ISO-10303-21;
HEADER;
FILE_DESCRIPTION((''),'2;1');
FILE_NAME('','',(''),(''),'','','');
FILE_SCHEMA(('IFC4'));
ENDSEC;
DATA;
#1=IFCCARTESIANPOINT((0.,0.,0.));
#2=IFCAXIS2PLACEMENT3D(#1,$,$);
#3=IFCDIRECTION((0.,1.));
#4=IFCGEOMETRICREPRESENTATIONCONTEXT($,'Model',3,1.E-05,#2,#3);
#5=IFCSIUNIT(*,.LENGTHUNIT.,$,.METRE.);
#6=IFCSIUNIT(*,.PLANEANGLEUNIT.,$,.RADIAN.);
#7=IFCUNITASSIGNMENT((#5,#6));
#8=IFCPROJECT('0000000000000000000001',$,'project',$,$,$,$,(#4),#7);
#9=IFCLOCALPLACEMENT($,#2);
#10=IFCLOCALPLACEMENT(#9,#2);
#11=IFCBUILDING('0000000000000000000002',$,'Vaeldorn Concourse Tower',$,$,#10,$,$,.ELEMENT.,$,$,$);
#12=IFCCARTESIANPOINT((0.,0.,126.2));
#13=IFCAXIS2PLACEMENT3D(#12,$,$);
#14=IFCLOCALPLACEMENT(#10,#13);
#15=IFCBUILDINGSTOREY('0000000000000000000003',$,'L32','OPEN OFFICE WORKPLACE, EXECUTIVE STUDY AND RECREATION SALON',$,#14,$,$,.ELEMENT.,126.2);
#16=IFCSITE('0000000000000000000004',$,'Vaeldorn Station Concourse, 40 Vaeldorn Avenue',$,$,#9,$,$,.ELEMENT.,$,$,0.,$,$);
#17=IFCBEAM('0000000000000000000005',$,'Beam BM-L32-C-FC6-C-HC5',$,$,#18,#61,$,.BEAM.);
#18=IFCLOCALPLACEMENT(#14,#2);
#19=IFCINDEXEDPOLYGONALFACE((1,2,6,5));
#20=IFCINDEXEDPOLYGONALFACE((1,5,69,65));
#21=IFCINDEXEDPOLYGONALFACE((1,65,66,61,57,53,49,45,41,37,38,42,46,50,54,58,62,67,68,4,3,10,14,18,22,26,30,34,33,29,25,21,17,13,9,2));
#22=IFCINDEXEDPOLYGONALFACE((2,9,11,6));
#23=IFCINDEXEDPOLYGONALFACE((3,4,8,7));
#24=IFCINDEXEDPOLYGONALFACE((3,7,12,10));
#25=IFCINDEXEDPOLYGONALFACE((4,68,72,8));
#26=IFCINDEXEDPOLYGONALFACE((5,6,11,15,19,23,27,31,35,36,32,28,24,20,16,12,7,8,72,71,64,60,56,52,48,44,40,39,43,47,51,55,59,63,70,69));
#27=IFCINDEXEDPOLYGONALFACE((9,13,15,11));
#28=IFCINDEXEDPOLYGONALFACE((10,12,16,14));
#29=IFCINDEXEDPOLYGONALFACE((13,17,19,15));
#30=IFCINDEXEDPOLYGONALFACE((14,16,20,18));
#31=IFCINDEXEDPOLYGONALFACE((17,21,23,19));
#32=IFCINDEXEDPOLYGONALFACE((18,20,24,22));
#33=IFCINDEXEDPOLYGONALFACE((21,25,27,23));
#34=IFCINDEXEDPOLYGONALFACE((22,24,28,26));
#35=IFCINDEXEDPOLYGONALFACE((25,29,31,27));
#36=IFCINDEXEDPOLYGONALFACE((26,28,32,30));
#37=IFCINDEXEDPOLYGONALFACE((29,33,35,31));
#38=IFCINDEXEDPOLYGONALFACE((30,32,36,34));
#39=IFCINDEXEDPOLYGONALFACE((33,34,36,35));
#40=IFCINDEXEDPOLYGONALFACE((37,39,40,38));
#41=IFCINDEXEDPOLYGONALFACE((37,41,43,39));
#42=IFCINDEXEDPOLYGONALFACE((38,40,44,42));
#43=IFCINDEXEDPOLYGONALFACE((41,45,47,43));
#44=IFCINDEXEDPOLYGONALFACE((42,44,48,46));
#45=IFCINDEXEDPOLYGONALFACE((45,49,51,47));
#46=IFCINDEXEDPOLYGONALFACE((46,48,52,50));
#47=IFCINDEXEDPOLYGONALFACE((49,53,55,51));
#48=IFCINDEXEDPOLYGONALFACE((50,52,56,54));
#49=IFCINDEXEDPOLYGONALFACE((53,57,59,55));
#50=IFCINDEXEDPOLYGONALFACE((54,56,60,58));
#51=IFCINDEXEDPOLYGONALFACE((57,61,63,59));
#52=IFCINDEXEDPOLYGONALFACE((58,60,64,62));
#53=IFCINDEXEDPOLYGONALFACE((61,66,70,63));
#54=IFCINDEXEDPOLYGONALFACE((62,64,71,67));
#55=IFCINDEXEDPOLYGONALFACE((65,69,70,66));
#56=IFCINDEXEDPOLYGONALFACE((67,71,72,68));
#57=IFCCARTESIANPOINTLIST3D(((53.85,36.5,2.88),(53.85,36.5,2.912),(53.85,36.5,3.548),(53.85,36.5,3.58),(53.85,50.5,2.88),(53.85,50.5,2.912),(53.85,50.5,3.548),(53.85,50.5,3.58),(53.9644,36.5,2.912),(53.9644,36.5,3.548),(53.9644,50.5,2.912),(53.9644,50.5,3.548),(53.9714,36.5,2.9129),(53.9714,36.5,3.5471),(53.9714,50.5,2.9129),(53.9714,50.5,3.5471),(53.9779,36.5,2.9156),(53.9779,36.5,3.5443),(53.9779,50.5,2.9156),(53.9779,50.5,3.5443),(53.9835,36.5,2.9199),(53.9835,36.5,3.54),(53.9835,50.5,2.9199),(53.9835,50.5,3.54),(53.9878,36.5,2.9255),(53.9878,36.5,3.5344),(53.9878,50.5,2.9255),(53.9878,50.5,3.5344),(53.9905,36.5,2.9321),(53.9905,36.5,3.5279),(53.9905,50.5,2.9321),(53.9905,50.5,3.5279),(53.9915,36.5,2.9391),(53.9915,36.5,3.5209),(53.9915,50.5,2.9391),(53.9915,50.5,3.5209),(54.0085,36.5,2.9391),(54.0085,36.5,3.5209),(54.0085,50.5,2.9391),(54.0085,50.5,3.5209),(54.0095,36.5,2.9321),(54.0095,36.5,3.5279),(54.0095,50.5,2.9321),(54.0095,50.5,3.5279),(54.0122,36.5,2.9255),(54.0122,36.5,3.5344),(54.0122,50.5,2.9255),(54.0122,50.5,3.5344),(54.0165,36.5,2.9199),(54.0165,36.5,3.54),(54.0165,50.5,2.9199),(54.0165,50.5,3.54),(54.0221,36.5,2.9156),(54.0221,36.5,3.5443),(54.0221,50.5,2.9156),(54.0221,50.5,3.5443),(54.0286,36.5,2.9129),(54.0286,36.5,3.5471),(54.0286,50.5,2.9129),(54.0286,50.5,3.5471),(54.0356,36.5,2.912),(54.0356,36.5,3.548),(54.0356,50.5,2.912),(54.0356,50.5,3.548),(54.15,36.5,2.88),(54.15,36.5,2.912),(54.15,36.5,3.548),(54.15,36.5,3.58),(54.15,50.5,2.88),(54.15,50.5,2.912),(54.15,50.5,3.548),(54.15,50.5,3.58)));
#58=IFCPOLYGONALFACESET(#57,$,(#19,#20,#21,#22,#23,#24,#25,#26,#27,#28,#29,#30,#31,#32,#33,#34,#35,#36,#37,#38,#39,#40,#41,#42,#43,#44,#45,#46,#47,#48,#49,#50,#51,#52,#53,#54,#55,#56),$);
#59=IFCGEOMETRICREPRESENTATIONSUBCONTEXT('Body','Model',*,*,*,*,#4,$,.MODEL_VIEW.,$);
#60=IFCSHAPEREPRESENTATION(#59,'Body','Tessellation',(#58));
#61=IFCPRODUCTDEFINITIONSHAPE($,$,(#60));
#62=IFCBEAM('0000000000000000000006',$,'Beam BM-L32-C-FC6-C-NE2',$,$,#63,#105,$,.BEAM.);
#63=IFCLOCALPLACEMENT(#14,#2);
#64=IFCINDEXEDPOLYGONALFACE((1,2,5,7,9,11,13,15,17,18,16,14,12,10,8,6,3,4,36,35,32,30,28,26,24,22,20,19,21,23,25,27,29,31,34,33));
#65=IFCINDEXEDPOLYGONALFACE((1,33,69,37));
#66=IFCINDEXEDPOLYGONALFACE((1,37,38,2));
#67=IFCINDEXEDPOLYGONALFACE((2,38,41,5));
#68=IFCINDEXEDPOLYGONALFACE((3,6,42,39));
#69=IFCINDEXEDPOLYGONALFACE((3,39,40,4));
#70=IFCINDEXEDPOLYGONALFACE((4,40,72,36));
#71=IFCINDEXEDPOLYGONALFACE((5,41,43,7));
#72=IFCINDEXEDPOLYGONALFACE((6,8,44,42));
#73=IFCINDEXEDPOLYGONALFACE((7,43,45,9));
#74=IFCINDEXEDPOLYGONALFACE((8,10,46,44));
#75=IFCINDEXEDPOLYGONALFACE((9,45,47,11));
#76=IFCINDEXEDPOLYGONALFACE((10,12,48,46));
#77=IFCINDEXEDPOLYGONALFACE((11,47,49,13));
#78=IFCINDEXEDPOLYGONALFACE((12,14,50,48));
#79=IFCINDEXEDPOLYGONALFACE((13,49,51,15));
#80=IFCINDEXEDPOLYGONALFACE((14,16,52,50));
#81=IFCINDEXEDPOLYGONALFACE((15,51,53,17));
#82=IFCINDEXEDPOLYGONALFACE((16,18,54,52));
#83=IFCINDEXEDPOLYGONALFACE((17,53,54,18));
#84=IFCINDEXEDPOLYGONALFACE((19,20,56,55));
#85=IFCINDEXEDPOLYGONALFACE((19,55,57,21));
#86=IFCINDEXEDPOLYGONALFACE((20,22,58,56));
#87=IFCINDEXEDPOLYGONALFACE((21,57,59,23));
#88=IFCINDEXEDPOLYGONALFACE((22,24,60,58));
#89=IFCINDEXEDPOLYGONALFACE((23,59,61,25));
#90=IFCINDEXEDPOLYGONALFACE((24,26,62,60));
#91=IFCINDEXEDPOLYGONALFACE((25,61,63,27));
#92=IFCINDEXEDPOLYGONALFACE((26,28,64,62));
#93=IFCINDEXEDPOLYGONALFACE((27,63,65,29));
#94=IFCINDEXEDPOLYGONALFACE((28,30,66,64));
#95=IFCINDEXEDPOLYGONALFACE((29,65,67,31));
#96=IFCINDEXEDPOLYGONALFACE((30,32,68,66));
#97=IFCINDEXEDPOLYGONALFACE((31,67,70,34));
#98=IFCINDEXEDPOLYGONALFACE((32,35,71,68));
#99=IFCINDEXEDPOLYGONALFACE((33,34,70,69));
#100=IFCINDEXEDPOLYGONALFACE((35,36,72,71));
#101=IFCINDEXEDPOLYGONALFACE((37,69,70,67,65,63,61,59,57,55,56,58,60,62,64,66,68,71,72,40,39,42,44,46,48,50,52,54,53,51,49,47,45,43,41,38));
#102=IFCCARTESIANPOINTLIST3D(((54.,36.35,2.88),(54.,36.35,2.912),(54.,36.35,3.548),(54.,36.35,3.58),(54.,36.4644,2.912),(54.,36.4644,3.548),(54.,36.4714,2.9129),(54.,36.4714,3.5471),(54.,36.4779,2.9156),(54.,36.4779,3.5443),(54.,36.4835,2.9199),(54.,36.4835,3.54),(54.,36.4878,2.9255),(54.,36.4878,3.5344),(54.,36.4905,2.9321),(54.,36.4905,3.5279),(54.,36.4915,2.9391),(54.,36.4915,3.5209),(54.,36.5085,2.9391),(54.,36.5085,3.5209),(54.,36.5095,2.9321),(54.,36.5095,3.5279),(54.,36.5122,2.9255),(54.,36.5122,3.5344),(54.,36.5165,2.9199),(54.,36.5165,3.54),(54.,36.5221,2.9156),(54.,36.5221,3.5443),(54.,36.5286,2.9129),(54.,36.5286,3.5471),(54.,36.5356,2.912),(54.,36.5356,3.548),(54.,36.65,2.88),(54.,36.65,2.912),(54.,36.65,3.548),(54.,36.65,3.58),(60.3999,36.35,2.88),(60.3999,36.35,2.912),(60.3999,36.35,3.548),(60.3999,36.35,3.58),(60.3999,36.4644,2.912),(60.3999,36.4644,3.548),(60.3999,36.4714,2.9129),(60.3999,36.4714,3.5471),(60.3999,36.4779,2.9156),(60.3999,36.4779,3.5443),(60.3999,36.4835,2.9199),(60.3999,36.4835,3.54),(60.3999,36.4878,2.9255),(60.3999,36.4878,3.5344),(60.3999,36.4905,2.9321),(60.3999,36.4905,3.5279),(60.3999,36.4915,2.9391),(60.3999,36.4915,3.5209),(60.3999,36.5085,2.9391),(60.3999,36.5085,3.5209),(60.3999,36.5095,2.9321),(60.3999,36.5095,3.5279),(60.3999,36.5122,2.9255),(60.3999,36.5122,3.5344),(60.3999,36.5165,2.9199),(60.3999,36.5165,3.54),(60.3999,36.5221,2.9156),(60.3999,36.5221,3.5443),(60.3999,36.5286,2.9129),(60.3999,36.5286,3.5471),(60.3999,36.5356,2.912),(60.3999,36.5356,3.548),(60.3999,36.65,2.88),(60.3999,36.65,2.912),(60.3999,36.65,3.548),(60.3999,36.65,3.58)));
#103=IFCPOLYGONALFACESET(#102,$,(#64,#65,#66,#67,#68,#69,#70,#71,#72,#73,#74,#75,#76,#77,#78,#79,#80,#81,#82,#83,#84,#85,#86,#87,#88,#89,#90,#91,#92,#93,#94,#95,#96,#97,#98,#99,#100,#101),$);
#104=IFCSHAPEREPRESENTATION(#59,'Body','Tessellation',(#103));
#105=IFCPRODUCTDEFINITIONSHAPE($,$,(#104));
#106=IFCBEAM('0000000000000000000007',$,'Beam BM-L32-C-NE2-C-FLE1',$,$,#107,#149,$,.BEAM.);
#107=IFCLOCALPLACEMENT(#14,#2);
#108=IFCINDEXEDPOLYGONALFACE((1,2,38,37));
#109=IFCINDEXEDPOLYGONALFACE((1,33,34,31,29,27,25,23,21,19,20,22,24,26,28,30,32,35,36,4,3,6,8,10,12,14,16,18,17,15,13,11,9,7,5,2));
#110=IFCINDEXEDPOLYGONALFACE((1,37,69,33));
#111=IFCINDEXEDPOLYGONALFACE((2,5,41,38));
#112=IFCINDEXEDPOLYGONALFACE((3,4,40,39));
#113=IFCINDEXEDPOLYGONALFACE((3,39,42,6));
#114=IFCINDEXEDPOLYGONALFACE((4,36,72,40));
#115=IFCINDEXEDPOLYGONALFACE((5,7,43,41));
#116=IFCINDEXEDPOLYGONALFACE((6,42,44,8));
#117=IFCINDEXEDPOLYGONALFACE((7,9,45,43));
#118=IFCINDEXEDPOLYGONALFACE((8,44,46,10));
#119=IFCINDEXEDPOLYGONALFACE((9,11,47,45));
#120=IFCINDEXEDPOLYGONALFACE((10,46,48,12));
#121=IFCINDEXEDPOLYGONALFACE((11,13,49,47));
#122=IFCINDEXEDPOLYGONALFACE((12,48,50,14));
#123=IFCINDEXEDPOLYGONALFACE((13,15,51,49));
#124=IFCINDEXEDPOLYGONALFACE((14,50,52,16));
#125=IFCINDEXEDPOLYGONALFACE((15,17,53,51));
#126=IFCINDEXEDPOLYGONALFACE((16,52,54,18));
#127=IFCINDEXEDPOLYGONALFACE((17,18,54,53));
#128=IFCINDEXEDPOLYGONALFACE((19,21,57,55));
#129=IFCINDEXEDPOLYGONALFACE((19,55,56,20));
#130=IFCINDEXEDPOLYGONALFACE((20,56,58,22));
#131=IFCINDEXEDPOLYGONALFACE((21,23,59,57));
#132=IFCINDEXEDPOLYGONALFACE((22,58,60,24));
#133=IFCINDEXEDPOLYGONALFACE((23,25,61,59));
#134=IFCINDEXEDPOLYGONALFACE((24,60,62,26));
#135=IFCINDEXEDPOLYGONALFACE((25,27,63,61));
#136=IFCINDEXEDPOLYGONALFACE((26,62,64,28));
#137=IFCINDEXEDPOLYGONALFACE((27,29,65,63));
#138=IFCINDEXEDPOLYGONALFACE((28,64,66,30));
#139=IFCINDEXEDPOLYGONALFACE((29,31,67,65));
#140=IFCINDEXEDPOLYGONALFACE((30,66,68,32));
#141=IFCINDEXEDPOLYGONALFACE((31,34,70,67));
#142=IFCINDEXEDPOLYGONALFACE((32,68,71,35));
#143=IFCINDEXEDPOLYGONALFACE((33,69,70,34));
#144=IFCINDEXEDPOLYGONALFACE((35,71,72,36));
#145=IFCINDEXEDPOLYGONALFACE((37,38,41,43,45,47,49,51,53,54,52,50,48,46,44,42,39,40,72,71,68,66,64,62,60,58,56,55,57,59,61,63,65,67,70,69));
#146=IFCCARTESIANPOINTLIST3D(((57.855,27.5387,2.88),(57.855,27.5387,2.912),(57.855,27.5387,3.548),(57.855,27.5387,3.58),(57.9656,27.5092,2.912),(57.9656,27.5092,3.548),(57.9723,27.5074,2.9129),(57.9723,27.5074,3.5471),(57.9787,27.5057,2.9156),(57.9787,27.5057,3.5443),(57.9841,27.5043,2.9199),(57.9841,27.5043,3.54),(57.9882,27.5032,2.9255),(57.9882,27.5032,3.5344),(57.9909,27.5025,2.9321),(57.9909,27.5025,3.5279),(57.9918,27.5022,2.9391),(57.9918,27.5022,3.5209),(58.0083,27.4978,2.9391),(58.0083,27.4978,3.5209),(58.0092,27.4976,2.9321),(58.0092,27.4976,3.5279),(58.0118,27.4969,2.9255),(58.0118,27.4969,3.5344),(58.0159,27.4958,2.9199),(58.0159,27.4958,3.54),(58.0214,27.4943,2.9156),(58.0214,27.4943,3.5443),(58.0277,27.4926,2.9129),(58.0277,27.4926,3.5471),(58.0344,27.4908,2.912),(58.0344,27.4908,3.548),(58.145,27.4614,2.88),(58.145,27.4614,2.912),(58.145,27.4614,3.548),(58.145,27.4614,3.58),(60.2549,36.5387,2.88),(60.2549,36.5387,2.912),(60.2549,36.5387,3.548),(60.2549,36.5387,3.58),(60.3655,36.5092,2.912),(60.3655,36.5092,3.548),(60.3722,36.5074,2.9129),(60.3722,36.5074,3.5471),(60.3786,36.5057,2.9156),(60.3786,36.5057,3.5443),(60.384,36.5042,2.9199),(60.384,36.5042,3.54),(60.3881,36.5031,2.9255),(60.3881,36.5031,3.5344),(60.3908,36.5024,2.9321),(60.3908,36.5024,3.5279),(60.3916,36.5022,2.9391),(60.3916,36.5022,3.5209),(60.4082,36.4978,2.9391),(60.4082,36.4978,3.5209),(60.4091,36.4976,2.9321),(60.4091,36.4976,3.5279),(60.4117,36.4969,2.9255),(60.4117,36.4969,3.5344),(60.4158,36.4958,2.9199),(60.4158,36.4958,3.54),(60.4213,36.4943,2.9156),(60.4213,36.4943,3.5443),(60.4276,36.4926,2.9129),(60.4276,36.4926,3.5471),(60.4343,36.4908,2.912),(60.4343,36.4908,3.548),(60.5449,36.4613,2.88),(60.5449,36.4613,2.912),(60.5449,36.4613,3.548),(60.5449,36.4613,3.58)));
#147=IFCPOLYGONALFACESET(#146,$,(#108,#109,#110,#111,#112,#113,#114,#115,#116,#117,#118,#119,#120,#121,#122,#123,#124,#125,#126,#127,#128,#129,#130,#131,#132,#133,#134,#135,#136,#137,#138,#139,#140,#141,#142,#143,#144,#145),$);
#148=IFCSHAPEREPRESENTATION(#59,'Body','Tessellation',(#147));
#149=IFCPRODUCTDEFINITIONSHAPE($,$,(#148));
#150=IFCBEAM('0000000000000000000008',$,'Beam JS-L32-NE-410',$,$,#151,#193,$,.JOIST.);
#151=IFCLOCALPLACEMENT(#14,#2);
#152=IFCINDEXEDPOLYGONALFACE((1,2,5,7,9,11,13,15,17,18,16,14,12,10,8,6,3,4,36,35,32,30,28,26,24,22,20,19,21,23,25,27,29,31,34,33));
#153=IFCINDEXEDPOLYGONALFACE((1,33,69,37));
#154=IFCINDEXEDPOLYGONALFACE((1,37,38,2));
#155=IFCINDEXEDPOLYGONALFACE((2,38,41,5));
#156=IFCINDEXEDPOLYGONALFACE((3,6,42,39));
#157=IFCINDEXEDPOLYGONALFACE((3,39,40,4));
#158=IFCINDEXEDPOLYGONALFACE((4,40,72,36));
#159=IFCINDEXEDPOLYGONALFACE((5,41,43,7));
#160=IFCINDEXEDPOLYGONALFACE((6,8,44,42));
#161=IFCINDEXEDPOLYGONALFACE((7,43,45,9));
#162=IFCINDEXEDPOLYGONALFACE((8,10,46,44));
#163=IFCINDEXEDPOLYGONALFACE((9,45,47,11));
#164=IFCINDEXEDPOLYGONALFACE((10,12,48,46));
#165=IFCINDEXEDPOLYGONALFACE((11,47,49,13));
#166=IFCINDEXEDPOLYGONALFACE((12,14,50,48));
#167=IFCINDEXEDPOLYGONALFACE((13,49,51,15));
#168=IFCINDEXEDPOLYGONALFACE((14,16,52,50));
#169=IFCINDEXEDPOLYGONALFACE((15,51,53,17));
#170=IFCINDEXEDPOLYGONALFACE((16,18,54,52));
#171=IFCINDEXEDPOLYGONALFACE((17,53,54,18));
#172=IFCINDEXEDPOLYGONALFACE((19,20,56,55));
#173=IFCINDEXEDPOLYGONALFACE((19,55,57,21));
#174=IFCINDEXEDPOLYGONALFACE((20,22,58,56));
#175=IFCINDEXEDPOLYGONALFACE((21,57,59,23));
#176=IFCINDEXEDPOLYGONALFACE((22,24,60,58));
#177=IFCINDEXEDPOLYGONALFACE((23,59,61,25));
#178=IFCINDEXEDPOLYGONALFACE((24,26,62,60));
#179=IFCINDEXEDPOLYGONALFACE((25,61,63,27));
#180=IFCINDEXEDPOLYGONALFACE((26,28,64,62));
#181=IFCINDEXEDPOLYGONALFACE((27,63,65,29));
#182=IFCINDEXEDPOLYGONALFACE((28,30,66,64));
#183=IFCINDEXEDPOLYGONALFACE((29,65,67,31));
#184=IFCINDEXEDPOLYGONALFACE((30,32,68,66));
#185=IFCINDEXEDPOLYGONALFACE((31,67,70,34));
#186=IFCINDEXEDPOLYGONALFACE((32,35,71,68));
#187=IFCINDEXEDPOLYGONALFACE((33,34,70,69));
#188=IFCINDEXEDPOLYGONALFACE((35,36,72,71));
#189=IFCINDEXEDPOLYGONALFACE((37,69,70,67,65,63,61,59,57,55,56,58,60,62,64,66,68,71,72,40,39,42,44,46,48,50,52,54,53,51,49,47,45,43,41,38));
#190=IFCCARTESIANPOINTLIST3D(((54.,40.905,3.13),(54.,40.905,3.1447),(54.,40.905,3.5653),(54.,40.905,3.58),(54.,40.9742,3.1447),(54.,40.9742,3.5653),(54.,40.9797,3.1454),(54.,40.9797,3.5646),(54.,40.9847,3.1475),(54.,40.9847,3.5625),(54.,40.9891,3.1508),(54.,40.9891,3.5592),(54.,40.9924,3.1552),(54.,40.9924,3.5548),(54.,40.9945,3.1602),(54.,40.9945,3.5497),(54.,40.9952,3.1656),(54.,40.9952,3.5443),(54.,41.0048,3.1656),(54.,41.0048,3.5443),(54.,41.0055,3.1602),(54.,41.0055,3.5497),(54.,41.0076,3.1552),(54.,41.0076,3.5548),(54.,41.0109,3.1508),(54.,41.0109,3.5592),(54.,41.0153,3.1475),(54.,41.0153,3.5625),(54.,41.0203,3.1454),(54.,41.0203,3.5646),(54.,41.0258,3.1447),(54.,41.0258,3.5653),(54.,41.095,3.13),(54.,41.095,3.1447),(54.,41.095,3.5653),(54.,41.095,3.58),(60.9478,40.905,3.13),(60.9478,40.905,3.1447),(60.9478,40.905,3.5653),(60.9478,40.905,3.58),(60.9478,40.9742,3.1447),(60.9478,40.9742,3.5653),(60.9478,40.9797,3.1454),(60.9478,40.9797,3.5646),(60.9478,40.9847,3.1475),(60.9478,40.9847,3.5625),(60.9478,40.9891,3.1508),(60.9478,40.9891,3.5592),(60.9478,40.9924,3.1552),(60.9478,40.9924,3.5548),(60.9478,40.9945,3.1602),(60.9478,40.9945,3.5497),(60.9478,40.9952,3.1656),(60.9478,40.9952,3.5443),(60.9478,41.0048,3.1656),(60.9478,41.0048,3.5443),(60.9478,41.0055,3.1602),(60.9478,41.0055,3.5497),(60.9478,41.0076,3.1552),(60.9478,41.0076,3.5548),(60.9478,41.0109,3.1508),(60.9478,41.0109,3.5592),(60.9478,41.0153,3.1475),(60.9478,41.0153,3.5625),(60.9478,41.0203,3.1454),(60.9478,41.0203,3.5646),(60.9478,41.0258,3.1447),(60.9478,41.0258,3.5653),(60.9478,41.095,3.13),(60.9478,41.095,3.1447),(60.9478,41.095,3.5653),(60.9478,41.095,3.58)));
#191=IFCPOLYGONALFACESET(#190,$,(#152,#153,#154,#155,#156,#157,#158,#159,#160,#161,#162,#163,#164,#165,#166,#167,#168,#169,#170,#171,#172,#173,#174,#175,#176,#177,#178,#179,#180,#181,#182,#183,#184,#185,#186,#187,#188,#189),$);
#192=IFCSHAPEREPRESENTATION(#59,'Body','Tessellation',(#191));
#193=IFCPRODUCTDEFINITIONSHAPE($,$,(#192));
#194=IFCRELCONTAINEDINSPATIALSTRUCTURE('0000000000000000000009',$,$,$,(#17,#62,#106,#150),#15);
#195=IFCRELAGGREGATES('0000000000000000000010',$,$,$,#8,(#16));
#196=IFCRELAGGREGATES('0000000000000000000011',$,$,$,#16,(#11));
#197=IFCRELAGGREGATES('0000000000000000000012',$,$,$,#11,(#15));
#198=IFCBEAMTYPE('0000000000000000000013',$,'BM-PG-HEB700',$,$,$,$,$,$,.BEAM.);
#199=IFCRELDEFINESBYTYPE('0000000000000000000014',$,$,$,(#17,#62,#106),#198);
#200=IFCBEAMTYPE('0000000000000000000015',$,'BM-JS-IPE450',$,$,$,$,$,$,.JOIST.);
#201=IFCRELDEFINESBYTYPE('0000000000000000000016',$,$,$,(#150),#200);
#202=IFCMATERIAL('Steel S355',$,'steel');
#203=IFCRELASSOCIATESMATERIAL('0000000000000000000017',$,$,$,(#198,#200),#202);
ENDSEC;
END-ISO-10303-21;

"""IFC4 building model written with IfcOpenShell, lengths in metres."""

from ifc_helpers import new_model, si_unit, direction, frame, origin, origin_2d, place, context, subcontext, project, spatial, i_section, extrude, source, transform, mapped, material, material_profile, profile_set, type_object, element, save


model = new_model("IFC4")

# Units and contexts
model_context = context("Model", 3, precision=1e-05, world=origin(), true_north=direction((0.0, 1.0)))
body_context = subcontext(model_context, "Body", "Model", "MODEL_VIEW")
ifc_project = project(units=[si_unit("LENGTHUNIT", "METRE"), si_unit("PLANEANGLEUNIT", "RADIAN")], contexts=[model_context])

# Site, building, storey
site_placement = place(None, origin())
site = spatial("IfcSite", under=ifc_project, at=site_placement, Name="Vaeldorn Station Concourse, 40 Vaeldorn Avenue", CompositionType="ELEMENT", RefElevation=0.0)
building_placement = place(site_placement, origin())
building = spatial("IfcBuilding", under=site, at=building_placement, Name="Vaeldorn Concourse Tower", CompositionType="ELEMENT")
storey_placement = place(building_placement, frame((0.0, 0.0, 126.2)))
storey = spatial("IfcBuildingStorey", under=building, at=storey_placement, Name="L32", Description="OPEN OFFICE WORKPLACE, EXECUTIVE STUDY AND RECREATION SALON", CompositionType="ELEMENT", Elevation=126.2)

# Beams
ifc_material_1 = material(Name="Steel S355", Category="steel")
ifc_material_profile_1 = material_profile(ifc_material_1, i_section(OverallWidth=0.3, OverallDepth=0.7, WebThickness=0.0171, FlangeThickness=0.032, FilletRadius=0.0271, at=origin_2d()), Name="HEB 700")
ifc_profile_set_1 = profile_set([ifc_material_profile_1], Name="Steel S355")
beam_type_1 = type_object("IfcBeamType", Name="BM-PG-HEB700", PredefinedType="BEAM", material=ifc_profile_set_1)
shared_shape_1 = source(origin(), body_context, "Body", "SweptSolid", [
    extrude(i_section(OverallWidth=0.3, OverallDepth=0.7, WebThickness=0.0171, FlangeThickness=0.032, FilletRadius=0.0271, at=origin_2d()), origin(), (0.0, 0.0, 1.0), 14.0),
])
beam_1_placement = place(storey_placement, frame((54.0, 36.5, 3.23), z_axis=(0.0, 1.0, 0.0), x_axis=(-1.0, 0.0, 0.0)))
element("IfcBeam", 1, at=beam_1_placement, inside=storey, type_object=beam_type_1, Name="Beam BM-L32-C-FC6-C-HC5", PredefinedType="BEAM", context=body_context, shape_type="MappedRepresentation", body=[
    mapped(shared_shape_1, transform((0.0, 0.0, 0.0), scale=1.0)),
])
shared_shape_2 = source(origin(), body_context, "Body", "SweptSolid", [
    extrude(i_section(OverallWidth=0.3, OverallDepth=0.7, WebThickness=0.0171, FlangeThickness=0.032, FilletRadius=0.0271, at=origin_2d()), origin(), (0.0, 0.0, 1.0), 6.3999),
])
beam_2_placement = place(storey_placement, frame((54.0, 36.5, 3.23), z_axis=(1.0, 0.0, 0.0), x_axis=(0.0, 1.0, 0.0)))
element("IfcBeam", 2, at=beam_2_placement, inside=storey, type_object=beam_type_1, Name="Beam BM-L32-C-FC6-C-NE2", PredefinedType="BEAM", context=body_context, shape_type="MappedRepresentation", body=[
    mapped(shared_shape_2, transform((0.0, 0.0, 0.0), scale=1.0)),
])
shared_shape_3 = source(origin(), body_context, "Body", "SweptSolid", [
    extrude(i_section(OverallWidth=0.3, OverallDepth=0.7, WebThickness=0.0171, FlangeThickness=0.032, FilletRadius=0.0271, at=origin_2d()), origin(), (0.0, 0.0, 1.0), 9.3145),
])
beam_3_placement = place(storey_placement, frame((60.3999, 36.5, 3.23), z_axis=(-0.257653, -0.966238, 0.0), x_axis=(0.966238, -0.257653, 0.0)))
element("IfcBeam", 3, at=beam_3_placement, inside=storey, type_object=beam_type_1, Name="Beam BM-L32-C-NE2-C-FLE1", PredefinedType="BEAM", context=body_context, shape_type="MappedRepresentation", body=[
    mapped(shared_shape_3, transform((0.0, 0.0, 0.0), scale=1.0)),
])
ifc_material_profile_2 = material_profile(ifc_material_1, i_section(OverallWidth=0.1899, OverallDepth=0.45, WebThickness=0.0095, FlangeThickness=0.0146, FilletRadius=0.021, at=origin_2d()), Name="IPE 450")
ifc_profile_set_2 = profile_set([ifc_material_profile_2], Name="Steel S355")
beam_type_2 = type_object("IfcBeamType", Name="BM-JS-IPE450", PredefinedType="JOIST", material=ifc_profile_set_2)
shared_shape_4 = source(origin(), body_context, "Body", "SweptSolid", [
    extrude(i_section(OverallWidth=0.1899, OverallDepth=0.45, WebThickness=0.0095, FlangeThickness=0.0146, FilletRadius=0.021, at=origin_2d()), origin(), (0.0, 0.0, 1.0), 6.9478),
])
beam_4_placement = place(storey_placement, frame((54.0, 41.0, 3.355), z_axis=(1.0, 0.0, 0.0), x_axis=(0.0, 1.0, 0.0)))
element("IfcBeam", 4, at=beam_4_placement, inside=storey, type_object=beam_type_2, Name="Beam JS-L32-NE-410", PredefinedType="JOIST", context=body_context, shape_type="MappedRepresentation", body=[
    mapped(shared_shape_4, transform((0.0, 0.0, 0.0), scale=1.0)),
])

save(model, "model.ifc")
